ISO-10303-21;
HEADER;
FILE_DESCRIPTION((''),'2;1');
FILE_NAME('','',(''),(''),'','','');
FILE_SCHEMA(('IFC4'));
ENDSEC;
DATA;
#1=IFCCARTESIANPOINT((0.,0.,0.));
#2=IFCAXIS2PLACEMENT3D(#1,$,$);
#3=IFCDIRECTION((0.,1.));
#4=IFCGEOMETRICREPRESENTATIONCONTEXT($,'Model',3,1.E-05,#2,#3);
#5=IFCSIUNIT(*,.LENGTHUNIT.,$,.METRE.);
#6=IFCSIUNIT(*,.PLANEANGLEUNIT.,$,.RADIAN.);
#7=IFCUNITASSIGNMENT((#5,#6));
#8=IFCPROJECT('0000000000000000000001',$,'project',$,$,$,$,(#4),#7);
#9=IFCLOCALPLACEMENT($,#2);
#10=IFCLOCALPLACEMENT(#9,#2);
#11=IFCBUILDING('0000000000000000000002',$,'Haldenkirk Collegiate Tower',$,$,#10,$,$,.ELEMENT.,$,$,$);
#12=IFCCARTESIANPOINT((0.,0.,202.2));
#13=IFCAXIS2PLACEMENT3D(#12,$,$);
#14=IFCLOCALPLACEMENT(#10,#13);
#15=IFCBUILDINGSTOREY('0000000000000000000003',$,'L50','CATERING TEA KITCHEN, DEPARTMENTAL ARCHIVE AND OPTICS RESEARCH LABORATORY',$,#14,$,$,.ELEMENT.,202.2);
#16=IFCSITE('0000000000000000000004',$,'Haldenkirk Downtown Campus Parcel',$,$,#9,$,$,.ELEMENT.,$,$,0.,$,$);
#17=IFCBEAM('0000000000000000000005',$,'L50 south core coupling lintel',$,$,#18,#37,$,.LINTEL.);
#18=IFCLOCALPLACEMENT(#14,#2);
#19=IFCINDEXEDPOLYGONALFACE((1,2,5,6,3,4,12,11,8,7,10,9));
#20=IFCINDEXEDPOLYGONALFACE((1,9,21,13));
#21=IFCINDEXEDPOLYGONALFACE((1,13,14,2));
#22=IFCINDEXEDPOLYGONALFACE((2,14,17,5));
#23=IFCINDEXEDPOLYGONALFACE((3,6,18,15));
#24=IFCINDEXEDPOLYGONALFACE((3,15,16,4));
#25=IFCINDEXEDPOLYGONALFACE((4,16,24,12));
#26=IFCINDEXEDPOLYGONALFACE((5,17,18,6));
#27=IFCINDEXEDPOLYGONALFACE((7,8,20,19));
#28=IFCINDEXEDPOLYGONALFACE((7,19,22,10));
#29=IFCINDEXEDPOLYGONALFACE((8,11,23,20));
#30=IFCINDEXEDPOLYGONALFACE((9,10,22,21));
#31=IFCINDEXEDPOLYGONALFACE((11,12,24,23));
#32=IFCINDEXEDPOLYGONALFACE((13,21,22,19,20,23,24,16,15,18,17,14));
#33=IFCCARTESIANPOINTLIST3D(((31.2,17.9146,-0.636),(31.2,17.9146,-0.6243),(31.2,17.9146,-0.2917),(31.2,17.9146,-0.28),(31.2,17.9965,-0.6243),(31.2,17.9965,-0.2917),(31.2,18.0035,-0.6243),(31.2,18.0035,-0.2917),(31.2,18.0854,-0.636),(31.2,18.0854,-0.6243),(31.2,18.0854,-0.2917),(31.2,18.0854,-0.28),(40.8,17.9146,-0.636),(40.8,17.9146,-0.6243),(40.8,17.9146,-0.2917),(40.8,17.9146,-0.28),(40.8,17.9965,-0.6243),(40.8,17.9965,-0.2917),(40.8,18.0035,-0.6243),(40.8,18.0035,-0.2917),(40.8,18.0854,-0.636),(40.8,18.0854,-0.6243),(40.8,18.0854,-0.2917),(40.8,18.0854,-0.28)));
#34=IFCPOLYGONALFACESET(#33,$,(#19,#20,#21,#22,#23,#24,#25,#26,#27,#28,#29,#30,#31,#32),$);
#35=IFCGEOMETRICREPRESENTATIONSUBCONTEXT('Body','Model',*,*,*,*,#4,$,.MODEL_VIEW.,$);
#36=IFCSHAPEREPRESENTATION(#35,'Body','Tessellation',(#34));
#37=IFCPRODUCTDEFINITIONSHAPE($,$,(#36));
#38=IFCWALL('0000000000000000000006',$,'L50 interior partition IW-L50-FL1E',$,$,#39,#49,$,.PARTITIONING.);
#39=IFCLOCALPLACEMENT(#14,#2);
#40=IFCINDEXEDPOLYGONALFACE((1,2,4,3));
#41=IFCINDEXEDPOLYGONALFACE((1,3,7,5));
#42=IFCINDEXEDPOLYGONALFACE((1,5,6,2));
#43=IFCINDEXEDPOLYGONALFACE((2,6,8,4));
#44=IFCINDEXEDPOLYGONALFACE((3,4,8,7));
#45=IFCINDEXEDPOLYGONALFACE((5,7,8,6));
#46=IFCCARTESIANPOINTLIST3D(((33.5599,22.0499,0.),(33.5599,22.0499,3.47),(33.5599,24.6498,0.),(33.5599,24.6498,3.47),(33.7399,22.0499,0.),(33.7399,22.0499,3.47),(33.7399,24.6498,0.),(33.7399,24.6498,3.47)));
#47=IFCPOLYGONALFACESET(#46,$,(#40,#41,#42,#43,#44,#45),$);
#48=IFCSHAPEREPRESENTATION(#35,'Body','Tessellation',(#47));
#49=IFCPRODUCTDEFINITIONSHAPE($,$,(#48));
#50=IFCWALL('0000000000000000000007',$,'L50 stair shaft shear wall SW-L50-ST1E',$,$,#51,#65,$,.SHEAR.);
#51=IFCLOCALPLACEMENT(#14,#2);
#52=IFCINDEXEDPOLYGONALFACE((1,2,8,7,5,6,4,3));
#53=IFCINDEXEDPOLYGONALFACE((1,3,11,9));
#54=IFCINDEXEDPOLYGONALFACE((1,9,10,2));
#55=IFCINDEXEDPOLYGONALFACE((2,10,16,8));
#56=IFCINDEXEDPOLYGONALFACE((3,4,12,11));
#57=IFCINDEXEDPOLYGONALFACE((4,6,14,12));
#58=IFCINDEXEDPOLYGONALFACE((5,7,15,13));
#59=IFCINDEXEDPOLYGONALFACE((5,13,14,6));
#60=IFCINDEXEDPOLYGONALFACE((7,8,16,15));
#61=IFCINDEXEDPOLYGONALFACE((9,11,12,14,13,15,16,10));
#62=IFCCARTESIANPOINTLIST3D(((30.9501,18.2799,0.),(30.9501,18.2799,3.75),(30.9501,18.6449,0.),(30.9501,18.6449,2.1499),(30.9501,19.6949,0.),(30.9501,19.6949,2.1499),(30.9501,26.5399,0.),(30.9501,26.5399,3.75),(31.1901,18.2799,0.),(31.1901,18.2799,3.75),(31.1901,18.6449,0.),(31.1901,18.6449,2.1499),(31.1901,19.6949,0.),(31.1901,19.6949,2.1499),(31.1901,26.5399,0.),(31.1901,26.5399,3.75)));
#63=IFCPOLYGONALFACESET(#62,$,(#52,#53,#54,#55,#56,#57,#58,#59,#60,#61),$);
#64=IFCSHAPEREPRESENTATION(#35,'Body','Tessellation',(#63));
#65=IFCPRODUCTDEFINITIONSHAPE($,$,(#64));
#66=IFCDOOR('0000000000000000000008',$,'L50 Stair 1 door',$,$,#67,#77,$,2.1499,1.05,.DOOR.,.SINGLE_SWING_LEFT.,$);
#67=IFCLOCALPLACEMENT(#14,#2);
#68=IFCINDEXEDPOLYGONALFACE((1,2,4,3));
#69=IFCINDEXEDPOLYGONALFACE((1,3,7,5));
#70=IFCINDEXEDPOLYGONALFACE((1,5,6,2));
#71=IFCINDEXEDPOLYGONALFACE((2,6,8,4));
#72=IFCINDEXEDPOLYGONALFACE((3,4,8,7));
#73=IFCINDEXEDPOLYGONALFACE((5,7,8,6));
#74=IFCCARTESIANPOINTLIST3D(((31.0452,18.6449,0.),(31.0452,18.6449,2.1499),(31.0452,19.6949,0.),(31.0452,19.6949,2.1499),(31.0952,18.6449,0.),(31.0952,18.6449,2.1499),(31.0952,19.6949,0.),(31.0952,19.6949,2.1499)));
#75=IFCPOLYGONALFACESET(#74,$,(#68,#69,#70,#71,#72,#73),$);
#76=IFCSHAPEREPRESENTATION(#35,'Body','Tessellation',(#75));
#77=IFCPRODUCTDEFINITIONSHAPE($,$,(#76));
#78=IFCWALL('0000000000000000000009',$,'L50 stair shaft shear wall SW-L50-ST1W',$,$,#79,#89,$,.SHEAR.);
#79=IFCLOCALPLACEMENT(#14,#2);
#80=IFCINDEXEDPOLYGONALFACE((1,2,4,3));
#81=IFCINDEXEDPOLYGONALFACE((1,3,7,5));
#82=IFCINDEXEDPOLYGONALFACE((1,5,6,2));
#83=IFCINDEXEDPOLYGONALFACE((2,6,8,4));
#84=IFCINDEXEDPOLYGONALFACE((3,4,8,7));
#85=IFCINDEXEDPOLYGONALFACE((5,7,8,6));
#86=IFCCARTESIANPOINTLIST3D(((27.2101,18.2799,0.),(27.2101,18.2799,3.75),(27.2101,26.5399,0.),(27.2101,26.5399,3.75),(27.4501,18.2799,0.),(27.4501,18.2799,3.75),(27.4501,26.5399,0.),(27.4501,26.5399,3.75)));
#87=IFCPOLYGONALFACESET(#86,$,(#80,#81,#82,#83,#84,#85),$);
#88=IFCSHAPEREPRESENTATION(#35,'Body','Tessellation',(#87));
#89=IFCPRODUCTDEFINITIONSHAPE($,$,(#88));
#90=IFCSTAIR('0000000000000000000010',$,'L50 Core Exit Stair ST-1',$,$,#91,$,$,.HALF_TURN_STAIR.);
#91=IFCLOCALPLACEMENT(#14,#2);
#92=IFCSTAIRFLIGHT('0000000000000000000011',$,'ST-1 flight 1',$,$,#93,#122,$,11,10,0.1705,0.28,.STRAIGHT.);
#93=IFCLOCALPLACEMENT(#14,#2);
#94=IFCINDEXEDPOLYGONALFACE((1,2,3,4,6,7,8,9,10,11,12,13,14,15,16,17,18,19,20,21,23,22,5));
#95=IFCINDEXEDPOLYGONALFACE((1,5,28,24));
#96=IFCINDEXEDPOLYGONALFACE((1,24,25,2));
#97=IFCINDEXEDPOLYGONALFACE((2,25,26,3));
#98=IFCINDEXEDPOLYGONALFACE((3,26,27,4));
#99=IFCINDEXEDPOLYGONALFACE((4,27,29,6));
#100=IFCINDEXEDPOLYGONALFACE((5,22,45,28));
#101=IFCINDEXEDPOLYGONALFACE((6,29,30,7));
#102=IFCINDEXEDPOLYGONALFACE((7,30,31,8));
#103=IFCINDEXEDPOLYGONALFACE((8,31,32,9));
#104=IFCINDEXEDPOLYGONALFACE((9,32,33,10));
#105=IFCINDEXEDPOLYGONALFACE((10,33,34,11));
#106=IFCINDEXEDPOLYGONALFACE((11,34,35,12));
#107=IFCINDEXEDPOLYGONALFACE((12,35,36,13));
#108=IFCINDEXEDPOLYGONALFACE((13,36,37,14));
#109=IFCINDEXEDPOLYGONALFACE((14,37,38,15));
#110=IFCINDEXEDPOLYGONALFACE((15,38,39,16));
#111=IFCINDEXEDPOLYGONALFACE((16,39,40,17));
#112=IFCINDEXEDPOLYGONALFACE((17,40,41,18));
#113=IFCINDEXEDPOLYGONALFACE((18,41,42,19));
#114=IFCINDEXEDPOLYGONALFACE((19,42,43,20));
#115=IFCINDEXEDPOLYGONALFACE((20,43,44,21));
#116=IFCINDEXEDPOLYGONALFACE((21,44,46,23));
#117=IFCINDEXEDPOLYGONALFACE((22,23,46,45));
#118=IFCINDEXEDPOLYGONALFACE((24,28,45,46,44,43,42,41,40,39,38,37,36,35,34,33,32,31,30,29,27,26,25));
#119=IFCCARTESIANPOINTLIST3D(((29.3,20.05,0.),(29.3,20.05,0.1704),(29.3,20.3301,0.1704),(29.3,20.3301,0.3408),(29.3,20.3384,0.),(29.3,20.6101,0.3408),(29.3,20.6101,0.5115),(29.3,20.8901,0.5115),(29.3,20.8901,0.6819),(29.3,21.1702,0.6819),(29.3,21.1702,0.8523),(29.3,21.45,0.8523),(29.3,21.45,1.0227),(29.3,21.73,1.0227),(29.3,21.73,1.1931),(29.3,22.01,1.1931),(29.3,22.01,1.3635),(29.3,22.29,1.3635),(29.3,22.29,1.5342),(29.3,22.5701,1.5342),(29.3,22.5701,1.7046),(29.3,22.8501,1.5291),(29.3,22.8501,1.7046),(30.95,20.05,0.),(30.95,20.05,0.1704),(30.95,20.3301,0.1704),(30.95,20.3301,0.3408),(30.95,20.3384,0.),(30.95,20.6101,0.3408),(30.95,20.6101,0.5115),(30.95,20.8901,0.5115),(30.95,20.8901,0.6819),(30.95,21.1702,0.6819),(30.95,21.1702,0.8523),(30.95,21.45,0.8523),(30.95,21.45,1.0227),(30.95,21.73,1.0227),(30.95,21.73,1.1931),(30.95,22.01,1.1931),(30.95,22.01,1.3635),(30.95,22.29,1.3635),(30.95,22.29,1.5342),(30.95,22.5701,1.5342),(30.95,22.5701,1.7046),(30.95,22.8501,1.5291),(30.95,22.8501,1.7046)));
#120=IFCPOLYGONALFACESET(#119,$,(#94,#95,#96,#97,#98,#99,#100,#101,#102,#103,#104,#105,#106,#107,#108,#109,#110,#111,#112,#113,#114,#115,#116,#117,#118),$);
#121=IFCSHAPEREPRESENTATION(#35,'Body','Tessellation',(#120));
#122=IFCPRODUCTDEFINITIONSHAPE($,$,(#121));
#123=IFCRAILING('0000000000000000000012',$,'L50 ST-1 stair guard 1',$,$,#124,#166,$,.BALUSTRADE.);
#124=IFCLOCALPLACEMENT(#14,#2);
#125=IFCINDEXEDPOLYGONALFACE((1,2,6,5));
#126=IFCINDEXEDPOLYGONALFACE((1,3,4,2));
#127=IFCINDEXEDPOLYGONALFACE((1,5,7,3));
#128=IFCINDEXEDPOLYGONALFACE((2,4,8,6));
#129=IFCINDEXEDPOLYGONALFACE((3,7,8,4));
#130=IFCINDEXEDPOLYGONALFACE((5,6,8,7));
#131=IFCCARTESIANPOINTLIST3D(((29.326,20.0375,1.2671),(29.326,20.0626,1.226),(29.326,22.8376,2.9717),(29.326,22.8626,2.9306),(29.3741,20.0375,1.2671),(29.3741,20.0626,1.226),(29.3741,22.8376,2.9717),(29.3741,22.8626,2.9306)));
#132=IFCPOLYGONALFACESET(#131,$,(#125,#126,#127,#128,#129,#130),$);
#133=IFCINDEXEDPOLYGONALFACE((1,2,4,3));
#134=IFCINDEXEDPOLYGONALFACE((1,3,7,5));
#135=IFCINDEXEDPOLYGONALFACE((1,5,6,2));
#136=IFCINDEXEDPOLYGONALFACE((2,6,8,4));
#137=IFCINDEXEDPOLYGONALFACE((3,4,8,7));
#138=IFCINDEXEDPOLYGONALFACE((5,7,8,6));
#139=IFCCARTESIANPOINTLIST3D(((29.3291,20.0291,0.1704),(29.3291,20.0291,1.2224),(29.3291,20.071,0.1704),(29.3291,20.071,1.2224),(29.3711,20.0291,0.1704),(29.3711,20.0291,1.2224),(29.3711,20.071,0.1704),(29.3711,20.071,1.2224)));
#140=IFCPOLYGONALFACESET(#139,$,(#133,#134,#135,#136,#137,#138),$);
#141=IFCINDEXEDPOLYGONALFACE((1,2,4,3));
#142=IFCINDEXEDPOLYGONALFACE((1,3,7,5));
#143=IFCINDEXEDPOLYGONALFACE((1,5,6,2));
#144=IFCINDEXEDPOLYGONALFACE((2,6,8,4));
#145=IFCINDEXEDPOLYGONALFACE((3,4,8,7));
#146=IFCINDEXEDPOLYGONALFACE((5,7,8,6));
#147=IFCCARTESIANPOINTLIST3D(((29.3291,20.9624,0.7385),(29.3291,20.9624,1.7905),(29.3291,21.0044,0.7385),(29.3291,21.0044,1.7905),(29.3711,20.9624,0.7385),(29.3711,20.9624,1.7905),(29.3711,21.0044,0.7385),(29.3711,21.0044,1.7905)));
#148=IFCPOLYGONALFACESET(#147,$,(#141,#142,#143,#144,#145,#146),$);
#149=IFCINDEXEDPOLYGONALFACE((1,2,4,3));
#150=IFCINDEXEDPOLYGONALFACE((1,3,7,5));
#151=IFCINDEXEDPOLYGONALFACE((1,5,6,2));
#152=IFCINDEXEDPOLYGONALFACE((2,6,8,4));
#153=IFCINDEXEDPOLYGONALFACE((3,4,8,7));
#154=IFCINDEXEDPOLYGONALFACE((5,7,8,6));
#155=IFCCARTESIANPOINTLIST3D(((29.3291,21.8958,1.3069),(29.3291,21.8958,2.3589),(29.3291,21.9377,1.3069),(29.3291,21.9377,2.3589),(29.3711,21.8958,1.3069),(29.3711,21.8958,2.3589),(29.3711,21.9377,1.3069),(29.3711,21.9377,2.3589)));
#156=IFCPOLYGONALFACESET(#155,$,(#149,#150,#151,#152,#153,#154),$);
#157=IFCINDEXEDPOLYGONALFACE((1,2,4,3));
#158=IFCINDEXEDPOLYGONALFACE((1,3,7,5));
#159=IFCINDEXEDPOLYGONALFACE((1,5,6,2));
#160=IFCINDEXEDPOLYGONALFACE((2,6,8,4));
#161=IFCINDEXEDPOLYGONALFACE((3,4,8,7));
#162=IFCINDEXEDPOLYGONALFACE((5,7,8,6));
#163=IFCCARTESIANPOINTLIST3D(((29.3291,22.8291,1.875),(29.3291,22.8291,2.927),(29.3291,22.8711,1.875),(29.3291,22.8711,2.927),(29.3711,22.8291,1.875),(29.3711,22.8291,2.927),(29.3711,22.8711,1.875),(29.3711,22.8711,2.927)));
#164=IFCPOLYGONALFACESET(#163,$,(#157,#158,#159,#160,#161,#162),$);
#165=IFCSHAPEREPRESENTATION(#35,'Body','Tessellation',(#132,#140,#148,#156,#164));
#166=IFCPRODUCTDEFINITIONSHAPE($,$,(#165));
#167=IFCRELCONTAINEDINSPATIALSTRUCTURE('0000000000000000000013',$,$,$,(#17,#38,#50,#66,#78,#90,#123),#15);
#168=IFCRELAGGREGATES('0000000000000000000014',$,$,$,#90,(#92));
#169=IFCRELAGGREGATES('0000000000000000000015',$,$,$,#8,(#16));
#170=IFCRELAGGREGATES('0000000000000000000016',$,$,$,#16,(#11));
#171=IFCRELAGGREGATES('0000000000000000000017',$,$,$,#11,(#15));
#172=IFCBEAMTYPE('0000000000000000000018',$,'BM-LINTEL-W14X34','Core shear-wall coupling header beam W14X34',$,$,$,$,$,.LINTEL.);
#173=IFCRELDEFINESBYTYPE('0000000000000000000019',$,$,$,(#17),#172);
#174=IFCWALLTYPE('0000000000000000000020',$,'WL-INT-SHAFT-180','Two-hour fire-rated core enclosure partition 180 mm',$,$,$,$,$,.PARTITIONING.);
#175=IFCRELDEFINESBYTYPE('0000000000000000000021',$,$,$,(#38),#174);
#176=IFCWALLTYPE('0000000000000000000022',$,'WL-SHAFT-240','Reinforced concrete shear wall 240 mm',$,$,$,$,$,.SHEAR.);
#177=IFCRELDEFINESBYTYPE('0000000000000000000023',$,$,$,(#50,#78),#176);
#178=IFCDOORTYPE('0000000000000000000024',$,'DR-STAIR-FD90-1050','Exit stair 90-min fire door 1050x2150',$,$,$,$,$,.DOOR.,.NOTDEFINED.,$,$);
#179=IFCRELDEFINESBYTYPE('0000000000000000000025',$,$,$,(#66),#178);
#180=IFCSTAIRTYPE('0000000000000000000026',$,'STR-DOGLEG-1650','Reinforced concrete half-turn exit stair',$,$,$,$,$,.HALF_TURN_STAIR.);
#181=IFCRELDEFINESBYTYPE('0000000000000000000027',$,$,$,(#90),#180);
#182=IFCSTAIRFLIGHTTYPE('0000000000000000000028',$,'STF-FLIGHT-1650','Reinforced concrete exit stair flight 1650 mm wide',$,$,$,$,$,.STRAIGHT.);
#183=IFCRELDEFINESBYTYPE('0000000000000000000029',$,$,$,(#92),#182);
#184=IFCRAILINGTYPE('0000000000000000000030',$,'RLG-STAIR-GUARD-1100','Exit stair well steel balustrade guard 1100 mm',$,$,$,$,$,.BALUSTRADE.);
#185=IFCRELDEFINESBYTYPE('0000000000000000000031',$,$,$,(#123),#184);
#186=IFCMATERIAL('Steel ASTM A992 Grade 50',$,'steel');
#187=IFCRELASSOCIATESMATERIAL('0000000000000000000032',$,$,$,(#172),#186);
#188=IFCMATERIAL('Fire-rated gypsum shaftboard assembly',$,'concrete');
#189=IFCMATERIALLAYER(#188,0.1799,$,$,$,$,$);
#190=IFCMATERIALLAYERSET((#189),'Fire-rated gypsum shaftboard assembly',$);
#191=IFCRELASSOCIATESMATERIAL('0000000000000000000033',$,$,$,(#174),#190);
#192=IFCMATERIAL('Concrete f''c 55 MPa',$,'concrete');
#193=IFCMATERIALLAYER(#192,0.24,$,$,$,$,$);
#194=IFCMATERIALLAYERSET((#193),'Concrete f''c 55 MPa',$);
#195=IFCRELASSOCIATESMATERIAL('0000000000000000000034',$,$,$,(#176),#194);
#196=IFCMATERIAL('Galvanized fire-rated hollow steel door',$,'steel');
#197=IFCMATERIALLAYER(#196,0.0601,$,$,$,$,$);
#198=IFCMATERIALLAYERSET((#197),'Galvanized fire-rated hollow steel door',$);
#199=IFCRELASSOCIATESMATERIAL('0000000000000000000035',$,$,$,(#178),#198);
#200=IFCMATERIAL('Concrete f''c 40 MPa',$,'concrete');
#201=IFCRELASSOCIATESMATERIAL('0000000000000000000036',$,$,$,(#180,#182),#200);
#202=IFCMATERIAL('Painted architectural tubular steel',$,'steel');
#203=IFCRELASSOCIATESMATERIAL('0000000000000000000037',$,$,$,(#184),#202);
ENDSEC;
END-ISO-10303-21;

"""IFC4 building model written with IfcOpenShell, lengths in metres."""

from ifc_helpers import new_model, si_unit, direction, frame, frame_2d, origin, origin_2d, place, context, subcontext, project, spatial, polyline, rectangle, i_section, outline, extrude, material, layer, layer_set, material_profile, profile_set, type_object, element, fill, aggregate, save


model = new_model("IFC4")

# Units and contexts
model_context = context("Model", 3, precision=1e-05, world=origin(), true_north=direction((0.0, 1.0)))
body_context = subcontext(model_context, "Body", "Model", "MODEL_VIEW")
ifc_project = project(units=[si_unit("LENGTHUNIT", "METRE"), si_unit("PLANEANGLEUNIT", "RADIAN")], contexts=[model_context])

# Site, building, storey
site_placement = place(None, origin())
site = spatial("IfcSite", under=ifc_project, at=site_placement, Name="Haldenkirk Downtown Campus Parcel", CompositionType="ELEMENT", RefElevation=0.0)
building_placement = place(site_placement, origin())
building = spatial("IfcBuilding", under=site, at=building_placement, Name="Haldenkirk Collegiate Tower", CompositionType="ELEMENT")
storey_placement = place(building_placement, frame((0.0, 0.0, 202.2)))
storey = spatial("IfcBuildingStorey", under=building, at=storey_placement, Name="L50", Description="CATERING TEA KITCHEN, DEPARTMENTAL ARCHIVE AND OPTICS RESEARCH LABORATORY", CompositionType="ELEMENT", Elevation=202.2)

# Beam
ifc_material_1 = material(Name="Steel ASTM A992 Grade 50", Category="steel")
ifc_material_profile = material_profile(ifc_material_1, i_section(OverallWidth=0.1709, OverallDepth=0.356, WebThickness=0.0071, FlangeThickness=0.0117, at=origin_2d()), Name="W14X34")
ifc_profile_set = profile_set([ifc_material_profile], Name="Steel ASTM A992 Grade 50")
beam_type = type_object("IfcBeamType", Name="BM-LINTEL-W14X34", Description="Core shear-wall coupling header beam W14X34", PredefinedType="LINTEL", material=ifc_profile_set)
beam_placement = place(storey_placement, frame((31.2, 18.0, -0.458), z_axis=(1.0, 0.0, 0.0), x_axis=(0.0, 1.0, 0.0)))
element("IfcBeam", 1, at=beam_placement, inside=storey, type_object=beam_type, Name="L50 south core coupling lintel", PredefinedType="LINTEL", context=body_context, shape_type="SweptSolid", body=[
    extrude(i_section(OverallWidth=0.1709, OverallDepth=0.356, WebThickness=0.0071, FlangeThickness=0.0117, at=origin_2d()), origin(), (0.0, 0.0, 1.0), 9.6001),
])

# Wall
ifc_material_2 = material(Name="Fire-rated gypsum shaftboard assembly", Category="concrete")
ifc_layer_1 = layer(ifc_material_2, 0.1799)
ifc_layer_set_1 = layer_set([ifc_layer_1], Name="Fire-rated gypsum shaftboard assembly")
wall_type_1 = type_object("IfcWallType", Name="WL-INT-SHAFT-180", Description="Two-hour fire-rated core enclosure partition 180 mm", PredefinedType="PARTITIONING", material=ifc_layer_set_1)
wall_1_placement = place(storey_placement, frame((33.6499, 22.05, 0.0), z_axis=(0.0, 0.0, 1.0), x_axis=(0.0, 1.0, 0.0)))
element("IfcWall", 2, at=wall_1_placement, inside=storey, type_object=wall_type_1, Name="L50 interior partition IW-L50-FL1E", PredefinedType="PARTITIONING", context=body_context, shape_type="SweptSolid", body=[
    extrude(rectangle(XDim=2.5999, YDim=0.1799, at=frame_2d((1.2998, 0.0))), origin(), (0.0, 0.0, 1.0), 3.47),
])

# Shared definitions
ifc_material_3 = material(Name="Galvanized fire-rated hollow steel door", Category="steel")

# Wall, opening, door
ifc_material_4 = material(Name="Concrete f'c 55 MPa", Category="concrete")
ifc_layer_2 = layer(ifc_material_4, 0.24)
ifc_layer_set_2 = layer_set([ifc_layer_2], Name="Concrete f'c 55 MPa")
wall_type_2 = type_object("IfcWallType", Name="WL-SHAFT-240", Description="Reinforced concrete shear wall 240 mm", PredefinedType="SHEAR", material=ifc_layer_set_2)
wall_2_placement = place(storey_placement, frame((31.0701, 18.28, 0.0), z_axis=(0.0, 0.0, 1.0), x_axis=(0.0, 1.0, 0.0)))
wall_2 = element("IfcWall", 3, at=wall_2_placement, inside=storey, type_object=wall_type_2, Name="L50 stair shaft shear wall SW-L50-ST1E", PredefinedType="SHEAR", context=body_context, shape_type="SweptSolid", body=[
    extrude(rectangle(XDim=8.26, YDim=0.24, at=frame_2d((4.1299, 0.0))), origin(), (0.0, 0.0, 1.0), 3.75),
])
opening_1_placement = place(wall_2_placement, frame((0.365, 0.0, 0.0)))
opening_1 = element("IfcOpeningElement", 4, at=opening_1_placement, cuts=wall_2, PredefinedType="OPENING", context=body_context, shape_type="SweptSolid", body=[
    extrude(rectangle(XDim=1.05, YDim=2.1499, at=frame_2d((0.5249, 1.075))), frame((0.0, 0.1299, 0.0), z_axis=(0.0, -1.0, 0.0), x_axis=(1.0, 0.0, 0.0)), (0.0, 0.0, 1.0), 0.26),
])
ifc_layer_3 = layer(ifc_material_3, 0.0601)
ifc_layer_set_3 = layer_set([ifc_layer_3], Name="Galvanized fire-rated hollow steel door")
door_type_1 = type_object("IfcDoorType", Name="DR-STAIR-FD90-1050", Description="Exit stair 90-min fire door 1050x2150", OperationType="NOTDEFINED", PredefinedType="DOOR", material=ifc_layer_set_3)
door_1_placement = place(opening_1_placement, origin())
door_1 = element("IfcDoor", 5, at=door_1_placement, inside=storey, type_object=door_type_1, Name="L50 Stair 1 door", OperationType="SINGLE_SWING_LEFT", OverallHeight=2.1499, OverallWidth=1.05, PredefinedType="DOOR", context=body_context, shape_type="SweptSolid", body=[
    extrude(rectangle(XDim=1.05, YDim=2.1499, at=frame_2d((0.5249, 1.075))), frame((0.0, 0.0249, 0.0), z_axis=(0.0, -1.0, 0.0), x_axis=(1.0, 0.0, 0.0)), (0.0, 0.0, 1.0), 0.05),
])
fill(opening_1, door_1)

# Wall
wall_3_placement = place(storey_placement, frame((27.3301, 18.28, 0.0), z_axis=(0.0, 0.0, 1.0), x_axis=(0.0, 1.0, 0.0)))
element("IfcWall", 6, at=wall_3_placement, inside=storey, type_object=wall_type_2, Name="L50 stair shaft shear wall SW-L50-ST1W", PredefinedType="SHEAR", context=body_context, shape_type="SweptSolid", body=[
    extrude(rectangle(XDim=8.26, YDim=0.24, at=frame_2d((4.1299, 0.0))), origin(), (0.0, 0.0, 1.0), 3.75),
])

# Stair, stair flight
ifc_material_5 = material(Name="Concrete f'c 40 MPa", Category="concrete")
stair_type = type_object("IfcStairType", Name="STR-DOGLEG-1650", Description="Reinforced concrete half-turn exit stair", PredefinedType="HALF_TURN_STAIR", material=ifc_material_5)
stair_placement = place(storey_placement, origin())
stair = element("IfcStair", 7, at=stair_placement, inside=storey, type_object=stair_type, Name="L50 Core Exit Stair ST-1", PredefinedType="HALF_TURN_STAIR")
stair_flight_type = type_object("IfcStairFlightType", Name="STF-FLIGHT-1650", Description="Reinforced concrete exit stair flight 1650 mm wide", PredefinedType="STRAIGHT", material=ifc_material_5)
stair_flight_placement = place(storey_placement, frame((30.125, 20.05, 0.0), z_axis=(0.0, 0.0, 1.0), x_axis=(0.0, 1.0, 0.0)))
stair_flight = element("IfcStairFlight", 8, at=stair_flight_placement, type_object=stair_flight_type, Name="ST-1 flight 1", NumberOfRisers=11, NumberOfTreads=10, PredefinedType="STRAIGHT", RiserHeight=0.1705, TreadLength=0.28, context=body_context, shape_type="SweptSolid", body=[
    extrude(outline(polyline([(0.0, 0.0), (0.0, 0.1704), (0.28, 0.1704), (0.28, 0.3408), (0.5601, 0.3408), (0.5601, 0.5115), (0.8401, 0.5115), (0.8401, 0.6819), (1.1201, 0.6819), (1.1201, 0.8523), (1.3999, 0.8523), (1.3999, 1.0227), (1.6799, 1.0227), (1.6799, 1.1931), (1.96, 1.1931), (1.96, 1.3635), (2.24, 1.3635), (2.24, 1.5342), (2.52, 1.5342), (2.52, 1.7046), (2.8, 1.7046), (2.8, 1.875), (2.8, 1.5291), (0.2883, 0.0), (0.0, 0.0)])), frame((0.0, 0.825, 0.0), z_axis=(0.0, -1.0, 0.0), x_axis=(1.0, 0.0, 0.0)), (0.0, 0.0, 1.0), 1.6499),
])
aggregate(stair, [stair_flight])

# Railing
ifc_material_6 = material(Name="Painted architectural tubular steel", Category="steel")
railing_type_1 = type_object("IfcRailingType", Name="RLG-STAIR-GUARD-1100", Description="Exit stair well steel balustrade guard 1100 mm", PredefinedType="BALUSTRADE", material=ifc_material_6)
railing_1_placement = place(storey_placement, frame((29.3501, 20.05, 0.1704)))
element("IfcRailing", 9, at=railing_1_placement, inside=storey, type_object=railing_type_1, Name="L50 ST-1 stair guard 1", PredefinedType="BALUSTRADE", context=body_context, shape_type="SweptSolid", body=[
    extrude(rectangle(XDim=0.0481, YDim=0.0481, at=origin_2d()), frame((0.0, 0.0, 1.0762), z_axis=(0.0, 0.85417, 0.519994), x_axis=(-1.0, 0.0, 0.0)), (0.0, 0.0, 1.0), 3.2781),
    extrude(rectangle(XDim=0.042, YDim=0.042, at=origin_2d()), origin(), (0.0, 0.0, 1.0), 1.052),
    extrude(rectangle(XDim=0.042, YDim=0.042, at=origin_2d()), frame((0.0, 0.9333, 0.5681)), (0.0, 0.0, 1.0), 1.052),
    extrude(rectangle(XDim=0.042, YDim=0.042, at=origin_2d()), frame((0.0, 1.8667, 1.1365)), (0.0, 0.0, 1.0), 1.052),
    extrude(rectangle(XDim=0.042, YDim=0.042, at=origin_2d()), frame((0.0, 2.8, 1.7046)), (0.0, 0.0, 1.0), 1.052),
])

save(model, "model.ifc")
